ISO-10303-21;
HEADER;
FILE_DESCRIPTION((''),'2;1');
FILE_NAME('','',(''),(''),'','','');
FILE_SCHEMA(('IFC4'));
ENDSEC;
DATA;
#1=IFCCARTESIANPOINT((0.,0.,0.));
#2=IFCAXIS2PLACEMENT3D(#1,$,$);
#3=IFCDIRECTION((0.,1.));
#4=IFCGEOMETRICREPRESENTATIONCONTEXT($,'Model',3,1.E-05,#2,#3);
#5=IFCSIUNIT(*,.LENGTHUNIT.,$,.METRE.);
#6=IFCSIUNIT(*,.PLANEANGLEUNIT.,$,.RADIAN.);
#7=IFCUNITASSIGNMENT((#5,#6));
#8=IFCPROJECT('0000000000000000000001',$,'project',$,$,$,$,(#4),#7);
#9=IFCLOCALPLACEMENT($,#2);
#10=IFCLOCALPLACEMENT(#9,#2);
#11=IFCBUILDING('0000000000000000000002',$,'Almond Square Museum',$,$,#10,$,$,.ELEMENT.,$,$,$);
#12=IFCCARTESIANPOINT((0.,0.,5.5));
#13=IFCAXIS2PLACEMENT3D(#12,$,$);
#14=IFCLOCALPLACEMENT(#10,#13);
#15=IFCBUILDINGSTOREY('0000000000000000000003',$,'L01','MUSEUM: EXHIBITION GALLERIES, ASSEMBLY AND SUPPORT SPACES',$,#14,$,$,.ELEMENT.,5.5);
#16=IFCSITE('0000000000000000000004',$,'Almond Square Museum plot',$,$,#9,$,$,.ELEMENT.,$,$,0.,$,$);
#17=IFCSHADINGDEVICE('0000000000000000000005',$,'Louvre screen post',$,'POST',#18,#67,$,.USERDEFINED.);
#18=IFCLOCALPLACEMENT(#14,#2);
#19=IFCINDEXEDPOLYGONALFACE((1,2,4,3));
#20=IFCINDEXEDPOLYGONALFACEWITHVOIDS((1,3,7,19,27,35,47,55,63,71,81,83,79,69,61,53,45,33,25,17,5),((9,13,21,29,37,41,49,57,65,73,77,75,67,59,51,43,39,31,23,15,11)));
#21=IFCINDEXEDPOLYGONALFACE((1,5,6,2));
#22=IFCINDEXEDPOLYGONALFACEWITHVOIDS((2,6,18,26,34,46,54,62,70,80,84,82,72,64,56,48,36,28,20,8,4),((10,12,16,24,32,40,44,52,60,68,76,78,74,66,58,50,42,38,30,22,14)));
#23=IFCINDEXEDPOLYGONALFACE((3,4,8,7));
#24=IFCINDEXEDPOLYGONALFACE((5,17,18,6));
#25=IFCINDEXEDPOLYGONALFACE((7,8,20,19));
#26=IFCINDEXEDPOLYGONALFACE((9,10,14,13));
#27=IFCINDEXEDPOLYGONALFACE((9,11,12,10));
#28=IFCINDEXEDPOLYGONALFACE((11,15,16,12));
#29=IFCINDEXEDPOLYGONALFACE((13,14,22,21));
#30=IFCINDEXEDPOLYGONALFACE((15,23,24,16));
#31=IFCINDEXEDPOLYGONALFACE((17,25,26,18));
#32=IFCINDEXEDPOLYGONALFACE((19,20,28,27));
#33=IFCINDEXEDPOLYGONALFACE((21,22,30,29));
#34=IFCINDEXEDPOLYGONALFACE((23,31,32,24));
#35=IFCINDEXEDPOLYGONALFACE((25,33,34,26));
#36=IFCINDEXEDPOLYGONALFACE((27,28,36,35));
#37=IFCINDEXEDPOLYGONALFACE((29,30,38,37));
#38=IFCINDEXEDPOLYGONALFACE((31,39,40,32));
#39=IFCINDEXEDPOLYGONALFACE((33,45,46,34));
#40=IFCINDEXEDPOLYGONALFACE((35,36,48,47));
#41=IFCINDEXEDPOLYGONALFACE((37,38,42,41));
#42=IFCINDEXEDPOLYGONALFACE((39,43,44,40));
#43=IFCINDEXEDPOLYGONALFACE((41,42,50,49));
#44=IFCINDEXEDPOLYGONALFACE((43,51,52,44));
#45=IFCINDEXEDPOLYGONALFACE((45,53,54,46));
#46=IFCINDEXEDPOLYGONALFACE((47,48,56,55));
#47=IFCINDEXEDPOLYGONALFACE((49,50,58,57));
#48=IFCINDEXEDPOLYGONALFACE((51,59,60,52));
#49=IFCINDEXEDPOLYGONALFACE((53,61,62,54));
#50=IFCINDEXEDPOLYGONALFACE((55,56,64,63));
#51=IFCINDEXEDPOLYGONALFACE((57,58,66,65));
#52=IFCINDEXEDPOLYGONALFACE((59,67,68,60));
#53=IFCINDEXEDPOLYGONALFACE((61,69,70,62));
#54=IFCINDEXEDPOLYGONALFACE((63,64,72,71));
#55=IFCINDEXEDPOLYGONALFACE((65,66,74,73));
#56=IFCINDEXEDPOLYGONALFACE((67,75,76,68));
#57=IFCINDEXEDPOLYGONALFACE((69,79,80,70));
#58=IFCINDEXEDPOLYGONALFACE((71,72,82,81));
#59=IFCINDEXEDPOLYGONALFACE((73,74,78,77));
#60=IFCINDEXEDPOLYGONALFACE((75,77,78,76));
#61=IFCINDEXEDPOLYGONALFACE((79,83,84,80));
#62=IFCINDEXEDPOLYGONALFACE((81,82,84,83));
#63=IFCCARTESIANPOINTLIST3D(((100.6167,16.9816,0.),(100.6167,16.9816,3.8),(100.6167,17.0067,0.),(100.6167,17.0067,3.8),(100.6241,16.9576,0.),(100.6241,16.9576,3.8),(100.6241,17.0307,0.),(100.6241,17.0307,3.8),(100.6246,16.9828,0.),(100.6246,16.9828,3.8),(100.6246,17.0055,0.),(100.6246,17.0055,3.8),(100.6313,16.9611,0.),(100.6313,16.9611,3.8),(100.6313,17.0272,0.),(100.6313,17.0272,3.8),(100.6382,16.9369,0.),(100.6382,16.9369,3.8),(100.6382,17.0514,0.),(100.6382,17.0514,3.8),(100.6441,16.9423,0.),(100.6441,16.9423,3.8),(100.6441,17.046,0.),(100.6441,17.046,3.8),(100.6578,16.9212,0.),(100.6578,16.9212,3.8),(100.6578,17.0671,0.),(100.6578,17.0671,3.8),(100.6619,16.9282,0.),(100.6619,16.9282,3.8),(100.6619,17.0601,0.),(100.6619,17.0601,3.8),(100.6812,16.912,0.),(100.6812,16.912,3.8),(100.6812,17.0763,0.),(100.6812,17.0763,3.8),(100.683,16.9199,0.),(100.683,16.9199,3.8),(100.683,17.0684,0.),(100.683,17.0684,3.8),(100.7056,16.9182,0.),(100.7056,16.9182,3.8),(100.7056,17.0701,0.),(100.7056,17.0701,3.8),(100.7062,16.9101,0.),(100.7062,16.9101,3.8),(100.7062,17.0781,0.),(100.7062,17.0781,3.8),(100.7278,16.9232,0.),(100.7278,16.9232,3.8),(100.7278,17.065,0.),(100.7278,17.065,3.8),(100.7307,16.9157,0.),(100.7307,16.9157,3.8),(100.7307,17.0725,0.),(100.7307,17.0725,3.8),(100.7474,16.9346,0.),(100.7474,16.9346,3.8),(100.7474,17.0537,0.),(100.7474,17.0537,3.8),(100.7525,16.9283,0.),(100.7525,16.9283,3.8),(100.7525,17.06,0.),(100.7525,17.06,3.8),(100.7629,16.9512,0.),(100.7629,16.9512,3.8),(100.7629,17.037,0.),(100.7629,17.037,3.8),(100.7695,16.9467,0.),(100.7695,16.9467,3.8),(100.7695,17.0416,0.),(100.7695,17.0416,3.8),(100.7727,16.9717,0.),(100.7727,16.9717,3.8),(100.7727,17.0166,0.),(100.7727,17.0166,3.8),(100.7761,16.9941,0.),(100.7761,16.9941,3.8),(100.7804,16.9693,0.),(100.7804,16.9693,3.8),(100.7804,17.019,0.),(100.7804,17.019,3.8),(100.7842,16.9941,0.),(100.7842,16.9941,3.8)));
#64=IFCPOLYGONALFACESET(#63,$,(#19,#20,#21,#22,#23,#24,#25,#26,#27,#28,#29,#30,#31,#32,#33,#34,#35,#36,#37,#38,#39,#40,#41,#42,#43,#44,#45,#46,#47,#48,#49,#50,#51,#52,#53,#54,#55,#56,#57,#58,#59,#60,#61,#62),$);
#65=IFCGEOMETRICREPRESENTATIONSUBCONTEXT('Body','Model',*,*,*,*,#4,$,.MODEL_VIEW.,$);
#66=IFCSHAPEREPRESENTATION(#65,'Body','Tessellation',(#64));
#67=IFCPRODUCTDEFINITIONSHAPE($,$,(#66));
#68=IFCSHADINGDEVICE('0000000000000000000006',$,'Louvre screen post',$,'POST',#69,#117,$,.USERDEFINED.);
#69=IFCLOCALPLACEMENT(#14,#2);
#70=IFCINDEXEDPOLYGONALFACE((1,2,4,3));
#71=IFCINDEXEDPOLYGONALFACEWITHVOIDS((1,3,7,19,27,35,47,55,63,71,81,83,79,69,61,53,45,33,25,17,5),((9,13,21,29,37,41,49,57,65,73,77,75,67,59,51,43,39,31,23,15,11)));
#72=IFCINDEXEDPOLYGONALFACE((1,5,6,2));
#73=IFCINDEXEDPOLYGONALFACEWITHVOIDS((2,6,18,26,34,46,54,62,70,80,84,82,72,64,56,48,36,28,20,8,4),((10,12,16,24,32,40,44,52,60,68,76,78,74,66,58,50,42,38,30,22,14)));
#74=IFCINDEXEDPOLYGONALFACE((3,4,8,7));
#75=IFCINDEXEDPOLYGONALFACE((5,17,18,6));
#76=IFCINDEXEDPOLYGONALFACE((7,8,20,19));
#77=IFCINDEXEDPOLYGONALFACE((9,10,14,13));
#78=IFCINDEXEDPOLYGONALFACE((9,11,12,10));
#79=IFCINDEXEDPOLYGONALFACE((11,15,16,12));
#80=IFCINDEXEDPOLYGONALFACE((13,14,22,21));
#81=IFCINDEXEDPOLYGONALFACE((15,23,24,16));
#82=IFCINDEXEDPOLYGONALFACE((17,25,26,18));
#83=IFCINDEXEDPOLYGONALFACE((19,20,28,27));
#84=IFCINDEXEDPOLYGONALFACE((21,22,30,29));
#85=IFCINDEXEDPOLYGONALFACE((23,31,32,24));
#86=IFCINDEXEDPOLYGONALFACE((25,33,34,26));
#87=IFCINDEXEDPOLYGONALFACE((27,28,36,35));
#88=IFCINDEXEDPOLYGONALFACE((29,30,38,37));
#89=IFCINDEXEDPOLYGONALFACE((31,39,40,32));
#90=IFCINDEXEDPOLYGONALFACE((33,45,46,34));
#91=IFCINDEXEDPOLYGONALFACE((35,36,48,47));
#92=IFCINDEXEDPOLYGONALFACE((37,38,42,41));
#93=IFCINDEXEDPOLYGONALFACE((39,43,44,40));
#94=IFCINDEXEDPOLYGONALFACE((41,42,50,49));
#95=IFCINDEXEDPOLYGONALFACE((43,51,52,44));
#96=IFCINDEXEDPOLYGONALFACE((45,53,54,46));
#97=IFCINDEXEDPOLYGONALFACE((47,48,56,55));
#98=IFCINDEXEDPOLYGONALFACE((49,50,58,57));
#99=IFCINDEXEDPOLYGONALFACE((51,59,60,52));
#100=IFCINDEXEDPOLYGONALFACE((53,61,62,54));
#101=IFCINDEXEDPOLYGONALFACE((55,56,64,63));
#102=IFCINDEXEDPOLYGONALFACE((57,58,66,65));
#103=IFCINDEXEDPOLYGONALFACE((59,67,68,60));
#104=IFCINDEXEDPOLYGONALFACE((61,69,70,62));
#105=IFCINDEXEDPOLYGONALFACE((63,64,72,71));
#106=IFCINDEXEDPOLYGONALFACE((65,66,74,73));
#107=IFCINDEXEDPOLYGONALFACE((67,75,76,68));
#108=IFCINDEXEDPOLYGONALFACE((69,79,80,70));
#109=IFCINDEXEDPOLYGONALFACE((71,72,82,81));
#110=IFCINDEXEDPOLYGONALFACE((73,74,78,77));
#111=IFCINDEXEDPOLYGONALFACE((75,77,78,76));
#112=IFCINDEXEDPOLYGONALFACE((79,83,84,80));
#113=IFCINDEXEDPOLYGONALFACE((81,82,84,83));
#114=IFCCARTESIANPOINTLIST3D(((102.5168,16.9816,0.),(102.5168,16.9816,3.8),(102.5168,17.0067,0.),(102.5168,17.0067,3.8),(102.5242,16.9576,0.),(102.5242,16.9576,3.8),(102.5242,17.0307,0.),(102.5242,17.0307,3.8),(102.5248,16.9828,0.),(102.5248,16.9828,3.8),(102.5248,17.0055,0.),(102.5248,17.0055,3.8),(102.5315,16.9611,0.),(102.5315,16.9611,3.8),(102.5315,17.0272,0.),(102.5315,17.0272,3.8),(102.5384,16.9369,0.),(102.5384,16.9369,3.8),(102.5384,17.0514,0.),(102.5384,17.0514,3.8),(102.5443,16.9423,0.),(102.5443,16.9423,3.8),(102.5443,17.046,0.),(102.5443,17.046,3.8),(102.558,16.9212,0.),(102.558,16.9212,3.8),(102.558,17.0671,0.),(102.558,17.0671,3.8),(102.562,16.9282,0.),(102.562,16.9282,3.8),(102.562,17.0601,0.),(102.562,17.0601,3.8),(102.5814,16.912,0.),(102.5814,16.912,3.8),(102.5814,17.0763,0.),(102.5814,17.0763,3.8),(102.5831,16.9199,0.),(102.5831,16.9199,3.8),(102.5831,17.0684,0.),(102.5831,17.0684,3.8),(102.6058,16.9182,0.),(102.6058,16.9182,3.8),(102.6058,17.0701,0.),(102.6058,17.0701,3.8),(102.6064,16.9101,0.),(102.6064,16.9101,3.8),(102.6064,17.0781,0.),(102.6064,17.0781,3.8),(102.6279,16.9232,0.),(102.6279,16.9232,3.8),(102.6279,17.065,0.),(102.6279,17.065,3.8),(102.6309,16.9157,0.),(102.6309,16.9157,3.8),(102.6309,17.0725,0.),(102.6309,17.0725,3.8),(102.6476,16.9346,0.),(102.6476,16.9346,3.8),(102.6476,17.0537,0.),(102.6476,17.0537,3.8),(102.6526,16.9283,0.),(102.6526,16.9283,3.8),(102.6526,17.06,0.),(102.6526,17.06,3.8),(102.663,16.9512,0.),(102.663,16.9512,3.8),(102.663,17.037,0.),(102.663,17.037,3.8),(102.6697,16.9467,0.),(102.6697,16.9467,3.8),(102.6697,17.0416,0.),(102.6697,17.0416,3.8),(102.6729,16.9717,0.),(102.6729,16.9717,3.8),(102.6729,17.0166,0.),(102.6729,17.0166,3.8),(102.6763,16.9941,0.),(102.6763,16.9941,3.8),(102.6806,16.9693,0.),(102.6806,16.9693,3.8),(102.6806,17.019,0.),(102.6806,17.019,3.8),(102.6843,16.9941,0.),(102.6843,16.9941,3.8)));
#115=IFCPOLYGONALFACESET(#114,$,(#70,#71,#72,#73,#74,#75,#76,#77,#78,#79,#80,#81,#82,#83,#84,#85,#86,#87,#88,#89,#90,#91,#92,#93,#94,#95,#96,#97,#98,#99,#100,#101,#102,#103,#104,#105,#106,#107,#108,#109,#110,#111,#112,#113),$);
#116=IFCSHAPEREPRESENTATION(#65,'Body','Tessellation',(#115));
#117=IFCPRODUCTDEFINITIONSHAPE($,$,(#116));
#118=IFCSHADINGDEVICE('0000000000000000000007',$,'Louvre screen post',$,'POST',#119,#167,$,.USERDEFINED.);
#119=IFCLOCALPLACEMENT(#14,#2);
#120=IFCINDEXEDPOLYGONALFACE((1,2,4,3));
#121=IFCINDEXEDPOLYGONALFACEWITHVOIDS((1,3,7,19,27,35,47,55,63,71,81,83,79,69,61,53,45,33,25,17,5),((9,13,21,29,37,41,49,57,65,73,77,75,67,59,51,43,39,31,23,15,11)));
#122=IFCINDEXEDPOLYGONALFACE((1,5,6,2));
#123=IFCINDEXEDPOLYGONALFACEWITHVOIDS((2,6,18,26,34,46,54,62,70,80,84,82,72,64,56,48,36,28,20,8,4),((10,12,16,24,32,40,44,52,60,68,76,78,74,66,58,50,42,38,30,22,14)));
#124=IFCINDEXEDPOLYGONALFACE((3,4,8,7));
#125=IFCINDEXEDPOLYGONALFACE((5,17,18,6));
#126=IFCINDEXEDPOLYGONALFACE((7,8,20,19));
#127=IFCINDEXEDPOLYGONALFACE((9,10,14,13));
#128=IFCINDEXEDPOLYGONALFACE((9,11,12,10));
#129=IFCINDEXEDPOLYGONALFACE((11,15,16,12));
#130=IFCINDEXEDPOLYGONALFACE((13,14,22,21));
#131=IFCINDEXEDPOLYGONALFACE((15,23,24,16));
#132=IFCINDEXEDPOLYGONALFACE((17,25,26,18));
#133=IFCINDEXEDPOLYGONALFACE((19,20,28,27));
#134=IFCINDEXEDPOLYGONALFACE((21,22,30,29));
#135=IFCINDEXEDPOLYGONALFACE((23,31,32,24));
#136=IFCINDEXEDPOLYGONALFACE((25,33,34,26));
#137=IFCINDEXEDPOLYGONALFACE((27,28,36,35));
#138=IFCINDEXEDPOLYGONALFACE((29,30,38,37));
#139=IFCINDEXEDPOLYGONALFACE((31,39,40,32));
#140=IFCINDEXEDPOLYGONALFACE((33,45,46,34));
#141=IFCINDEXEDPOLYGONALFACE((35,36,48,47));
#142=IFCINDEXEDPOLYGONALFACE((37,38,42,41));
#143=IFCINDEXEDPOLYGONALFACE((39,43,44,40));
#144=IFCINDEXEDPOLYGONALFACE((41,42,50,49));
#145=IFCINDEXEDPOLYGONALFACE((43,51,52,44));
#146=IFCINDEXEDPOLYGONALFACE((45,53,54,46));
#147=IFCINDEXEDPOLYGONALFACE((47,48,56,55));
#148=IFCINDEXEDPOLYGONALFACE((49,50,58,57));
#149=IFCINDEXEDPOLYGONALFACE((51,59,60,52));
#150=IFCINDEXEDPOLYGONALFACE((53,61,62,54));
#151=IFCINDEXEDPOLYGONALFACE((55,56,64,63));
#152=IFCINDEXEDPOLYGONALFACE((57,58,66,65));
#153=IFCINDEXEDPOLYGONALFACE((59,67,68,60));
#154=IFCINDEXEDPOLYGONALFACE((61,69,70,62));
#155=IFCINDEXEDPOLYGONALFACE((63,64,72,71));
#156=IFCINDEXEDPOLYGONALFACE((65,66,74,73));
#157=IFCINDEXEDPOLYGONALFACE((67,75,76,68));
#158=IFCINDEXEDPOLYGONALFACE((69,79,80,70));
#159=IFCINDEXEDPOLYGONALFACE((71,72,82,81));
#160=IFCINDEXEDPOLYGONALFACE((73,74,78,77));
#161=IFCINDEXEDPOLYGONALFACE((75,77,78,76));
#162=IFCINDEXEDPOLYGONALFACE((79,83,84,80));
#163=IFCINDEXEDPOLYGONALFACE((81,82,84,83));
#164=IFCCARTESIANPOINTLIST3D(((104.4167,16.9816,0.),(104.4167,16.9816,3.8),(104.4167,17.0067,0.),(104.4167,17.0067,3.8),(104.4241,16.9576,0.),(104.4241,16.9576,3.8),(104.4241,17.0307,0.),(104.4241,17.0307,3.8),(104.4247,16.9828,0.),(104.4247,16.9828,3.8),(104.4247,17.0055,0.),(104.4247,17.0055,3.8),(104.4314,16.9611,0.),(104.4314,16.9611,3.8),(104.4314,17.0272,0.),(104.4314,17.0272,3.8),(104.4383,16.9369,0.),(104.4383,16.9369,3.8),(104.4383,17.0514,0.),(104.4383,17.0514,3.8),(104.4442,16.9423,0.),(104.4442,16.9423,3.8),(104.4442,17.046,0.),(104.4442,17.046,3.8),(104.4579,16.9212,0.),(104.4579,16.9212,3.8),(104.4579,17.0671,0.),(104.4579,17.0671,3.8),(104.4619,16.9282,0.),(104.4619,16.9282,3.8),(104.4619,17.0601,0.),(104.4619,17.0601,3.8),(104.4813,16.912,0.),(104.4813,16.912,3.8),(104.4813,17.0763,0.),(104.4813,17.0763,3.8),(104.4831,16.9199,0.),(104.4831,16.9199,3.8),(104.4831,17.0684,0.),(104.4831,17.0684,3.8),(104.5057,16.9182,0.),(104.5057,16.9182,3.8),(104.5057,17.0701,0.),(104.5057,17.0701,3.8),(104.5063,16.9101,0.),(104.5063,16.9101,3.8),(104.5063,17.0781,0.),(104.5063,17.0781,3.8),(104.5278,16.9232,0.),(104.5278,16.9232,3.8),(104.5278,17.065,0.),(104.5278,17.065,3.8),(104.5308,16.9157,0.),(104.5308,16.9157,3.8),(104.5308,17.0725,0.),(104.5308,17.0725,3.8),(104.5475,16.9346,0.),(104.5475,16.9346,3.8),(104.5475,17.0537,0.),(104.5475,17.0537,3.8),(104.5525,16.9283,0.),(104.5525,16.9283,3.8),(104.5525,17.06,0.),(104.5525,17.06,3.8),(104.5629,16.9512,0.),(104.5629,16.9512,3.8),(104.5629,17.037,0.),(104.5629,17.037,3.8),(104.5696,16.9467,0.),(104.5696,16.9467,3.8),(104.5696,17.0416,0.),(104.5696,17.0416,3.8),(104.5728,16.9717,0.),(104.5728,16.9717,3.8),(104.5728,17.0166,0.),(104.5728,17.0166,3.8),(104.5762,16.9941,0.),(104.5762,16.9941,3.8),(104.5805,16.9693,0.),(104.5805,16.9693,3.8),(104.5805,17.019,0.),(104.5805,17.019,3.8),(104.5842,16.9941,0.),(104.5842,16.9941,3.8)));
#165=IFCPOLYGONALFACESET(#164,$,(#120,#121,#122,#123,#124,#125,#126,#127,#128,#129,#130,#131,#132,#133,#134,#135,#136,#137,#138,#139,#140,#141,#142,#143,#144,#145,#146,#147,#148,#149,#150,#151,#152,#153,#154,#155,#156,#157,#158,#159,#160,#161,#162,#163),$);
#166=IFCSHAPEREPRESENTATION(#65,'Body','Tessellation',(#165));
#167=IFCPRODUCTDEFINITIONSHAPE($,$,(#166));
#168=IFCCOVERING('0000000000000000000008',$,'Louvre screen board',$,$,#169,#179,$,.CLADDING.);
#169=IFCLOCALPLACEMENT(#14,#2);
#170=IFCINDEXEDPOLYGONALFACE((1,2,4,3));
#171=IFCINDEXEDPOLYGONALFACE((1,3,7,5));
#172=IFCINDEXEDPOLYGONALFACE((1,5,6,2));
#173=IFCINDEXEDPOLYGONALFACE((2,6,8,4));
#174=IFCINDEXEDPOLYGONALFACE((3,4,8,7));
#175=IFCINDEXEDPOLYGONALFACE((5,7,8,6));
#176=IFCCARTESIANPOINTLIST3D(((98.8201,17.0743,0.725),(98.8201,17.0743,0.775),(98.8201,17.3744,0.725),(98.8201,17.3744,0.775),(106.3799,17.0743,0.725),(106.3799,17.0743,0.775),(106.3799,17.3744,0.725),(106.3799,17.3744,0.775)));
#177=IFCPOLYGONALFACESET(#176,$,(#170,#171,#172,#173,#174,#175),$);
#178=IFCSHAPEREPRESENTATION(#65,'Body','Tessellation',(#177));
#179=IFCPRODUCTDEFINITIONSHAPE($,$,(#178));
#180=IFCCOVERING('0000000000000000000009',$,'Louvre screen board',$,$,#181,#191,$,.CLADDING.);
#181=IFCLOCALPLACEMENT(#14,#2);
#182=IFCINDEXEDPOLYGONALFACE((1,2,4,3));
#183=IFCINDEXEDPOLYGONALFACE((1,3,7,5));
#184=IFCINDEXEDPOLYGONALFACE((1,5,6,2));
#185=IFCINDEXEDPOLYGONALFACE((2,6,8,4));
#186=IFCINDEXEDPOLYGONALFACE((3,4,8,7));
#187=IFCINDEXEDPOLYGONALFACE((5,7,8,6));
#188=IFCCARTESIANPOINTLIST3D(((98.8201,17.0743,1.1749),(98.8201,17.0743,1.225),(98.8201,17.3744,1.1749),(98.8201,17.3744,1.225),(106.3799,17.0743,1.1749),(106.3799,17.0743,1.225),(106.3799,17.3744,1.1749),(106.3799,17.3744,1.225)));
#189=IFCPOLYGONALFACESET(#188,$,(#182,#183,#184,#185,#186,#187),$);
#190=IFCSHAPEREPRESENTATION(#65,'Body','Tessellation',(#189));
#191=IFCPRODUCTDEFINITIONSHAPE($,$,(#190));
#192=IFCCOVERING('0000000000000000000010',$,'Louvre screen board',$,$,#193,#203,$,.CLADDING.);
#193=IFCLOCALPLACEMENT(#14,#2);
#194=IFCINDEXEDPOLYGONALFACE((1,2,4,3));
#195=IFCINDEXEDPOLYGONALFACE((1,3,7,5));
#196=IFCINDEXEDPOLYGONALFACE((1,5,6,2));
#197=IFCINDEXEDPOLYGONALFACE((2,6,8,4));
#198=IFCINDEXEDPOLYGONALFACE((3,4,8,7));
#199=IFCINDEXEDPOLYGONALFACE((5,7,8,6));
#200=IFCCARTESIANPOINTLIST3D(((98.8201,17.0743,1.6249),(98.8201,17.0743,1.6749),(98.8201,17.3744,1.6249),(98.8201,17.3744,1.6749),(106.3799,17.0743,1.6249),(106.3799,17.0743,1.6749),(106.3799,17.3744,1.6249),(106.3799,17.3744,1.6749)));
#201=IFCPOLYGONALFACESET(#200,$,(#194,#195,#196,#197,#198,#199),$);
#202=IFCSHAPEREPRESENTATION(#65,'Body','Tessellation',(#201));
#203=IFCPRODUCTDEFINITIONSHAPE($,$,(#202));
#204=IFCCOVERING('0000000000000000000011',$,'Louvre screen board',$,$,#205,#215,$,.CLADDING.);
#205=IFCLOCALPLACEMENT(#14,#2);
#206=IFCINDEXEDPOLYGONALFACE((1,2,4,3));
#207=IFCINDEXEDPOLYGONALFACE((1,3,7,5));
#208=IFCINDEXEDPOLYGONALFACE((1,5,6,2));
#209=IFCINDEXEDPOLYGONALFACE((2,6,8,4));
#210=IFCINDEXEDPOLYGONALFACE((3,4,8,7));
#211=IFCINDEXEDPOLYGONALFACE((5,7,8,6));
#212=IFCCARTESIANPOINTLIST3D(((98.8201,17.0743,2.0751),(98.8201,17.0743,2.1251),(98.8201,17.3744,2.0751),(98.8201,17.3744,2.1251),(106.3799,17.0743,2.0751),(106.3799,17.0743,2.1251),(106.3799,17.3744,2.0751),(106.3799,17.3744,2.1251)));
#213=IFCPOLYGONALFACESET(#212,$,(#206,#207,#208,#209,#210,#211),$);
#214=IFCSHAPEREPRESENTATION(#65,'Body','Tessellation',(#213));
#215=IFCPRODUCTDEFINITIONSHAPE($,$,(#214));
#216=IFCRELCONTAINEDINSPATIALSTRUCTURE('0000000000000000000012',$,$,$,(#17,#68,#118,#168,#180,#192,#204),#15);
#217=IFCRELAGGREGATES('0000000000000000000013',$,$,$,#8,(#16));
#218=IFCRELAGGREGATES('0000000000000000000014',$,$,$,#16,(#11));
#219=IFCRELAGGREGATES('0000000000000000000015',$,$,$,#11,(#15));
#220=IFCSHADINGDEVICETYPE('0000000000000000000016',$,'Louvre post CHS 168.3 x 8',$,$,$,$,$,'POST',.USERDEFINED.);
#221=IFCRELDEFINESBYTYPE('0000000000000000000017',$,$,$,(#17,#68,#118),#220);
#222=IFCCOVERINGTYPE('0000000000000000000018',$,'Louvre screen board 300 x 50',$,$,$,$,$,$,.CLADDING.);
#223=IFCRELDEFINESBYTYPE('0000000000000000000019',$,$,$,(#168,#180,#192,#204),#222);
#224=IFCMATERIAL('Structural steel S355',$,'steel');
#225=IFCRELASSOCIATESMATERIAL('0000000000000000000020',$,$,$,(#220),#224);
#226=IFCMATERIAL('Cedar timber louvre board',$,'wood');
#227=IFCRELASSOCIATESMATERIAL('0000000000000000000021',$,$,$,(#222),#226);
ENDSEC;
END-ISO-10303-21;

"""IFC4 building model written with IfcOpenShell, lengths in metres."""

from ifc_helpers import new_model, si_unit, direction, frame, origin, origin_2d, place, context, subcontext, project, spatial, rectangle, hollow_circle, extrude, material, material_profile, profile_set, type_object, element, save


model = new_model("IFC4")

# Units and contexts
model_context = context("Model", 3, precision=1e-05, world=origin(), true_north=direction((0.0, 1.0)))
body_context = subcontext(model_context, "Body", "Model", "MODEL_VIEW")
ifc_project = project(units=[si_unit("LENGTHUNIT", "METRE"), si_unit("PLANEANGLEUNIT", "RADIAN")], contexts=[model_context])

# Site, building, storey
site_placement = place(None, origin())
site = spatial("IfcSite", under=ifc_project, at=site_placement, Name="Almond Square Museum plot", CompositionType="ELEMENT", RefElevation=0.0)
building_placement = place(site_placement, origin())
building = spatial("IfcBuilding", under=site, at=building_placement, Name="Almond Square Museum", CompositionType="ELEMENT")
storey_placement = place(building_placement, frame((0.0, 0.0, 5.5)))
storey = spatial("IfcBuildingStorey", under=building, at=storey_placement, Name="L01", Description="MUSEUM: EXHIBITION GALLERIES, ASSEMBLY AND SUPPORT SPACES", CompositionType="ELEMENT", Elevation=5.5)

# Shading devices
ifc_material_1 = material(Name="Structural steel S355", Category="steel")
ifc_material_profile_1 = material_profile(ifc_material_1, hollow_circle(Radius=0.0842, WallThickness=0.0081, at=origin_2d()))
ifc_profile_set_1 = profile_set([ifc_material_profile_1], Name="Structural steel S355")
shading_device_type = type_object("IfcShadingDeviceType", Name="Louvre post CHS 168.3 x 8", ElementType="POST", PredefinedType="USERDEFINED", material=ifc_profile_set_1)
for number, where, z_axis, x_axis, name in (
    (1, (100.7, 16.9941, 0.0), (0.0, 0.0, 1.0), (1.0, 0.0, 0.0), "Louvre screen post"),
    (2, (102.6001, 16.9941, 0.0), (0.0, 0.0, 1.0), (1.0, 0.0, 0.0), "Louvre screen post"),
    (3, (104.5, 16.9941, 0.0), (0.0, 0.0, 1.0), (1.0, 0.0, 0.0), "Louvre screen post"),
):
    element("IfcShadingDevice", number, at=place(storey_placement, frame(where, z_axis=z_axis, x_axis=x_axis)), inside=storey, type_object=shading_device_type, Name=name, ObjectType="POST", PredefinedType="USERDEFINED", context=body_context, shape_type="SweptSolid", body=[
        extrude(hollow_circle(Radius=0.0842, WallThickness=0.0081, at=origin_2d()), origin(), (0.0, 0.0, 1.0), 3.8),
    ])

# Coverings
ifc_material_2 = material(Name="Cedar timber louvre board", Category="wood")
ifc_material_profile_2 = material_profile(ifc_material_2, rectangle(XDim=0.3, YDim=0.05, at=origin_2d()))
ifc_profile_set_2 = profile_set([ifc_material_profile_2], Name="Cedar timber louvre board")
covering_type = type_object("IfcCoveringType", Name="Louvre screen board 300 x 50", PredefinedType="CLADDING", material=ifc_profile_set_2)
for number, where, z_axis, x_axis, name in (
    (4, (98.8201, 17.2244, 0.75), (1.0, 0.0, 0.0), (0.0, 1.0, 0.0), "Louvre screen board"),
    (5, (98.8201, 17.2244, 1.2), (1.0, 0.0, 0.0), (0.0, 1.0, 0.0), "Louvre screen board"),
    (6, (98.8201, 17.2244, 1.6499), (1.0, 0.0, 0.0), (0.0, 1.0, 0.0), "Louvre screen board"),
    (7, (98.8201, 17.2244, 2.1001), (1.0, 0.0, 0.0), (0.0, 1.0, 0.0), "Louvre screen board"),
):
    element("IfcCovering", number, at=place(storey_placement, frame(where, z_axis=z_axis, x_axis=x_axis)), inside=storey, type_object=covering_type, Name=name, PredefinedType="CLADDING", context=body_context, shape_type="SweptSolid", body=[
        extrude(rectangle(XDim=0.3, YDim=0.05, at=origin_2d()), origin(), (0.0, 0.0, 1.0), 7.5598),
    ])

save(model, "model.ifc")
